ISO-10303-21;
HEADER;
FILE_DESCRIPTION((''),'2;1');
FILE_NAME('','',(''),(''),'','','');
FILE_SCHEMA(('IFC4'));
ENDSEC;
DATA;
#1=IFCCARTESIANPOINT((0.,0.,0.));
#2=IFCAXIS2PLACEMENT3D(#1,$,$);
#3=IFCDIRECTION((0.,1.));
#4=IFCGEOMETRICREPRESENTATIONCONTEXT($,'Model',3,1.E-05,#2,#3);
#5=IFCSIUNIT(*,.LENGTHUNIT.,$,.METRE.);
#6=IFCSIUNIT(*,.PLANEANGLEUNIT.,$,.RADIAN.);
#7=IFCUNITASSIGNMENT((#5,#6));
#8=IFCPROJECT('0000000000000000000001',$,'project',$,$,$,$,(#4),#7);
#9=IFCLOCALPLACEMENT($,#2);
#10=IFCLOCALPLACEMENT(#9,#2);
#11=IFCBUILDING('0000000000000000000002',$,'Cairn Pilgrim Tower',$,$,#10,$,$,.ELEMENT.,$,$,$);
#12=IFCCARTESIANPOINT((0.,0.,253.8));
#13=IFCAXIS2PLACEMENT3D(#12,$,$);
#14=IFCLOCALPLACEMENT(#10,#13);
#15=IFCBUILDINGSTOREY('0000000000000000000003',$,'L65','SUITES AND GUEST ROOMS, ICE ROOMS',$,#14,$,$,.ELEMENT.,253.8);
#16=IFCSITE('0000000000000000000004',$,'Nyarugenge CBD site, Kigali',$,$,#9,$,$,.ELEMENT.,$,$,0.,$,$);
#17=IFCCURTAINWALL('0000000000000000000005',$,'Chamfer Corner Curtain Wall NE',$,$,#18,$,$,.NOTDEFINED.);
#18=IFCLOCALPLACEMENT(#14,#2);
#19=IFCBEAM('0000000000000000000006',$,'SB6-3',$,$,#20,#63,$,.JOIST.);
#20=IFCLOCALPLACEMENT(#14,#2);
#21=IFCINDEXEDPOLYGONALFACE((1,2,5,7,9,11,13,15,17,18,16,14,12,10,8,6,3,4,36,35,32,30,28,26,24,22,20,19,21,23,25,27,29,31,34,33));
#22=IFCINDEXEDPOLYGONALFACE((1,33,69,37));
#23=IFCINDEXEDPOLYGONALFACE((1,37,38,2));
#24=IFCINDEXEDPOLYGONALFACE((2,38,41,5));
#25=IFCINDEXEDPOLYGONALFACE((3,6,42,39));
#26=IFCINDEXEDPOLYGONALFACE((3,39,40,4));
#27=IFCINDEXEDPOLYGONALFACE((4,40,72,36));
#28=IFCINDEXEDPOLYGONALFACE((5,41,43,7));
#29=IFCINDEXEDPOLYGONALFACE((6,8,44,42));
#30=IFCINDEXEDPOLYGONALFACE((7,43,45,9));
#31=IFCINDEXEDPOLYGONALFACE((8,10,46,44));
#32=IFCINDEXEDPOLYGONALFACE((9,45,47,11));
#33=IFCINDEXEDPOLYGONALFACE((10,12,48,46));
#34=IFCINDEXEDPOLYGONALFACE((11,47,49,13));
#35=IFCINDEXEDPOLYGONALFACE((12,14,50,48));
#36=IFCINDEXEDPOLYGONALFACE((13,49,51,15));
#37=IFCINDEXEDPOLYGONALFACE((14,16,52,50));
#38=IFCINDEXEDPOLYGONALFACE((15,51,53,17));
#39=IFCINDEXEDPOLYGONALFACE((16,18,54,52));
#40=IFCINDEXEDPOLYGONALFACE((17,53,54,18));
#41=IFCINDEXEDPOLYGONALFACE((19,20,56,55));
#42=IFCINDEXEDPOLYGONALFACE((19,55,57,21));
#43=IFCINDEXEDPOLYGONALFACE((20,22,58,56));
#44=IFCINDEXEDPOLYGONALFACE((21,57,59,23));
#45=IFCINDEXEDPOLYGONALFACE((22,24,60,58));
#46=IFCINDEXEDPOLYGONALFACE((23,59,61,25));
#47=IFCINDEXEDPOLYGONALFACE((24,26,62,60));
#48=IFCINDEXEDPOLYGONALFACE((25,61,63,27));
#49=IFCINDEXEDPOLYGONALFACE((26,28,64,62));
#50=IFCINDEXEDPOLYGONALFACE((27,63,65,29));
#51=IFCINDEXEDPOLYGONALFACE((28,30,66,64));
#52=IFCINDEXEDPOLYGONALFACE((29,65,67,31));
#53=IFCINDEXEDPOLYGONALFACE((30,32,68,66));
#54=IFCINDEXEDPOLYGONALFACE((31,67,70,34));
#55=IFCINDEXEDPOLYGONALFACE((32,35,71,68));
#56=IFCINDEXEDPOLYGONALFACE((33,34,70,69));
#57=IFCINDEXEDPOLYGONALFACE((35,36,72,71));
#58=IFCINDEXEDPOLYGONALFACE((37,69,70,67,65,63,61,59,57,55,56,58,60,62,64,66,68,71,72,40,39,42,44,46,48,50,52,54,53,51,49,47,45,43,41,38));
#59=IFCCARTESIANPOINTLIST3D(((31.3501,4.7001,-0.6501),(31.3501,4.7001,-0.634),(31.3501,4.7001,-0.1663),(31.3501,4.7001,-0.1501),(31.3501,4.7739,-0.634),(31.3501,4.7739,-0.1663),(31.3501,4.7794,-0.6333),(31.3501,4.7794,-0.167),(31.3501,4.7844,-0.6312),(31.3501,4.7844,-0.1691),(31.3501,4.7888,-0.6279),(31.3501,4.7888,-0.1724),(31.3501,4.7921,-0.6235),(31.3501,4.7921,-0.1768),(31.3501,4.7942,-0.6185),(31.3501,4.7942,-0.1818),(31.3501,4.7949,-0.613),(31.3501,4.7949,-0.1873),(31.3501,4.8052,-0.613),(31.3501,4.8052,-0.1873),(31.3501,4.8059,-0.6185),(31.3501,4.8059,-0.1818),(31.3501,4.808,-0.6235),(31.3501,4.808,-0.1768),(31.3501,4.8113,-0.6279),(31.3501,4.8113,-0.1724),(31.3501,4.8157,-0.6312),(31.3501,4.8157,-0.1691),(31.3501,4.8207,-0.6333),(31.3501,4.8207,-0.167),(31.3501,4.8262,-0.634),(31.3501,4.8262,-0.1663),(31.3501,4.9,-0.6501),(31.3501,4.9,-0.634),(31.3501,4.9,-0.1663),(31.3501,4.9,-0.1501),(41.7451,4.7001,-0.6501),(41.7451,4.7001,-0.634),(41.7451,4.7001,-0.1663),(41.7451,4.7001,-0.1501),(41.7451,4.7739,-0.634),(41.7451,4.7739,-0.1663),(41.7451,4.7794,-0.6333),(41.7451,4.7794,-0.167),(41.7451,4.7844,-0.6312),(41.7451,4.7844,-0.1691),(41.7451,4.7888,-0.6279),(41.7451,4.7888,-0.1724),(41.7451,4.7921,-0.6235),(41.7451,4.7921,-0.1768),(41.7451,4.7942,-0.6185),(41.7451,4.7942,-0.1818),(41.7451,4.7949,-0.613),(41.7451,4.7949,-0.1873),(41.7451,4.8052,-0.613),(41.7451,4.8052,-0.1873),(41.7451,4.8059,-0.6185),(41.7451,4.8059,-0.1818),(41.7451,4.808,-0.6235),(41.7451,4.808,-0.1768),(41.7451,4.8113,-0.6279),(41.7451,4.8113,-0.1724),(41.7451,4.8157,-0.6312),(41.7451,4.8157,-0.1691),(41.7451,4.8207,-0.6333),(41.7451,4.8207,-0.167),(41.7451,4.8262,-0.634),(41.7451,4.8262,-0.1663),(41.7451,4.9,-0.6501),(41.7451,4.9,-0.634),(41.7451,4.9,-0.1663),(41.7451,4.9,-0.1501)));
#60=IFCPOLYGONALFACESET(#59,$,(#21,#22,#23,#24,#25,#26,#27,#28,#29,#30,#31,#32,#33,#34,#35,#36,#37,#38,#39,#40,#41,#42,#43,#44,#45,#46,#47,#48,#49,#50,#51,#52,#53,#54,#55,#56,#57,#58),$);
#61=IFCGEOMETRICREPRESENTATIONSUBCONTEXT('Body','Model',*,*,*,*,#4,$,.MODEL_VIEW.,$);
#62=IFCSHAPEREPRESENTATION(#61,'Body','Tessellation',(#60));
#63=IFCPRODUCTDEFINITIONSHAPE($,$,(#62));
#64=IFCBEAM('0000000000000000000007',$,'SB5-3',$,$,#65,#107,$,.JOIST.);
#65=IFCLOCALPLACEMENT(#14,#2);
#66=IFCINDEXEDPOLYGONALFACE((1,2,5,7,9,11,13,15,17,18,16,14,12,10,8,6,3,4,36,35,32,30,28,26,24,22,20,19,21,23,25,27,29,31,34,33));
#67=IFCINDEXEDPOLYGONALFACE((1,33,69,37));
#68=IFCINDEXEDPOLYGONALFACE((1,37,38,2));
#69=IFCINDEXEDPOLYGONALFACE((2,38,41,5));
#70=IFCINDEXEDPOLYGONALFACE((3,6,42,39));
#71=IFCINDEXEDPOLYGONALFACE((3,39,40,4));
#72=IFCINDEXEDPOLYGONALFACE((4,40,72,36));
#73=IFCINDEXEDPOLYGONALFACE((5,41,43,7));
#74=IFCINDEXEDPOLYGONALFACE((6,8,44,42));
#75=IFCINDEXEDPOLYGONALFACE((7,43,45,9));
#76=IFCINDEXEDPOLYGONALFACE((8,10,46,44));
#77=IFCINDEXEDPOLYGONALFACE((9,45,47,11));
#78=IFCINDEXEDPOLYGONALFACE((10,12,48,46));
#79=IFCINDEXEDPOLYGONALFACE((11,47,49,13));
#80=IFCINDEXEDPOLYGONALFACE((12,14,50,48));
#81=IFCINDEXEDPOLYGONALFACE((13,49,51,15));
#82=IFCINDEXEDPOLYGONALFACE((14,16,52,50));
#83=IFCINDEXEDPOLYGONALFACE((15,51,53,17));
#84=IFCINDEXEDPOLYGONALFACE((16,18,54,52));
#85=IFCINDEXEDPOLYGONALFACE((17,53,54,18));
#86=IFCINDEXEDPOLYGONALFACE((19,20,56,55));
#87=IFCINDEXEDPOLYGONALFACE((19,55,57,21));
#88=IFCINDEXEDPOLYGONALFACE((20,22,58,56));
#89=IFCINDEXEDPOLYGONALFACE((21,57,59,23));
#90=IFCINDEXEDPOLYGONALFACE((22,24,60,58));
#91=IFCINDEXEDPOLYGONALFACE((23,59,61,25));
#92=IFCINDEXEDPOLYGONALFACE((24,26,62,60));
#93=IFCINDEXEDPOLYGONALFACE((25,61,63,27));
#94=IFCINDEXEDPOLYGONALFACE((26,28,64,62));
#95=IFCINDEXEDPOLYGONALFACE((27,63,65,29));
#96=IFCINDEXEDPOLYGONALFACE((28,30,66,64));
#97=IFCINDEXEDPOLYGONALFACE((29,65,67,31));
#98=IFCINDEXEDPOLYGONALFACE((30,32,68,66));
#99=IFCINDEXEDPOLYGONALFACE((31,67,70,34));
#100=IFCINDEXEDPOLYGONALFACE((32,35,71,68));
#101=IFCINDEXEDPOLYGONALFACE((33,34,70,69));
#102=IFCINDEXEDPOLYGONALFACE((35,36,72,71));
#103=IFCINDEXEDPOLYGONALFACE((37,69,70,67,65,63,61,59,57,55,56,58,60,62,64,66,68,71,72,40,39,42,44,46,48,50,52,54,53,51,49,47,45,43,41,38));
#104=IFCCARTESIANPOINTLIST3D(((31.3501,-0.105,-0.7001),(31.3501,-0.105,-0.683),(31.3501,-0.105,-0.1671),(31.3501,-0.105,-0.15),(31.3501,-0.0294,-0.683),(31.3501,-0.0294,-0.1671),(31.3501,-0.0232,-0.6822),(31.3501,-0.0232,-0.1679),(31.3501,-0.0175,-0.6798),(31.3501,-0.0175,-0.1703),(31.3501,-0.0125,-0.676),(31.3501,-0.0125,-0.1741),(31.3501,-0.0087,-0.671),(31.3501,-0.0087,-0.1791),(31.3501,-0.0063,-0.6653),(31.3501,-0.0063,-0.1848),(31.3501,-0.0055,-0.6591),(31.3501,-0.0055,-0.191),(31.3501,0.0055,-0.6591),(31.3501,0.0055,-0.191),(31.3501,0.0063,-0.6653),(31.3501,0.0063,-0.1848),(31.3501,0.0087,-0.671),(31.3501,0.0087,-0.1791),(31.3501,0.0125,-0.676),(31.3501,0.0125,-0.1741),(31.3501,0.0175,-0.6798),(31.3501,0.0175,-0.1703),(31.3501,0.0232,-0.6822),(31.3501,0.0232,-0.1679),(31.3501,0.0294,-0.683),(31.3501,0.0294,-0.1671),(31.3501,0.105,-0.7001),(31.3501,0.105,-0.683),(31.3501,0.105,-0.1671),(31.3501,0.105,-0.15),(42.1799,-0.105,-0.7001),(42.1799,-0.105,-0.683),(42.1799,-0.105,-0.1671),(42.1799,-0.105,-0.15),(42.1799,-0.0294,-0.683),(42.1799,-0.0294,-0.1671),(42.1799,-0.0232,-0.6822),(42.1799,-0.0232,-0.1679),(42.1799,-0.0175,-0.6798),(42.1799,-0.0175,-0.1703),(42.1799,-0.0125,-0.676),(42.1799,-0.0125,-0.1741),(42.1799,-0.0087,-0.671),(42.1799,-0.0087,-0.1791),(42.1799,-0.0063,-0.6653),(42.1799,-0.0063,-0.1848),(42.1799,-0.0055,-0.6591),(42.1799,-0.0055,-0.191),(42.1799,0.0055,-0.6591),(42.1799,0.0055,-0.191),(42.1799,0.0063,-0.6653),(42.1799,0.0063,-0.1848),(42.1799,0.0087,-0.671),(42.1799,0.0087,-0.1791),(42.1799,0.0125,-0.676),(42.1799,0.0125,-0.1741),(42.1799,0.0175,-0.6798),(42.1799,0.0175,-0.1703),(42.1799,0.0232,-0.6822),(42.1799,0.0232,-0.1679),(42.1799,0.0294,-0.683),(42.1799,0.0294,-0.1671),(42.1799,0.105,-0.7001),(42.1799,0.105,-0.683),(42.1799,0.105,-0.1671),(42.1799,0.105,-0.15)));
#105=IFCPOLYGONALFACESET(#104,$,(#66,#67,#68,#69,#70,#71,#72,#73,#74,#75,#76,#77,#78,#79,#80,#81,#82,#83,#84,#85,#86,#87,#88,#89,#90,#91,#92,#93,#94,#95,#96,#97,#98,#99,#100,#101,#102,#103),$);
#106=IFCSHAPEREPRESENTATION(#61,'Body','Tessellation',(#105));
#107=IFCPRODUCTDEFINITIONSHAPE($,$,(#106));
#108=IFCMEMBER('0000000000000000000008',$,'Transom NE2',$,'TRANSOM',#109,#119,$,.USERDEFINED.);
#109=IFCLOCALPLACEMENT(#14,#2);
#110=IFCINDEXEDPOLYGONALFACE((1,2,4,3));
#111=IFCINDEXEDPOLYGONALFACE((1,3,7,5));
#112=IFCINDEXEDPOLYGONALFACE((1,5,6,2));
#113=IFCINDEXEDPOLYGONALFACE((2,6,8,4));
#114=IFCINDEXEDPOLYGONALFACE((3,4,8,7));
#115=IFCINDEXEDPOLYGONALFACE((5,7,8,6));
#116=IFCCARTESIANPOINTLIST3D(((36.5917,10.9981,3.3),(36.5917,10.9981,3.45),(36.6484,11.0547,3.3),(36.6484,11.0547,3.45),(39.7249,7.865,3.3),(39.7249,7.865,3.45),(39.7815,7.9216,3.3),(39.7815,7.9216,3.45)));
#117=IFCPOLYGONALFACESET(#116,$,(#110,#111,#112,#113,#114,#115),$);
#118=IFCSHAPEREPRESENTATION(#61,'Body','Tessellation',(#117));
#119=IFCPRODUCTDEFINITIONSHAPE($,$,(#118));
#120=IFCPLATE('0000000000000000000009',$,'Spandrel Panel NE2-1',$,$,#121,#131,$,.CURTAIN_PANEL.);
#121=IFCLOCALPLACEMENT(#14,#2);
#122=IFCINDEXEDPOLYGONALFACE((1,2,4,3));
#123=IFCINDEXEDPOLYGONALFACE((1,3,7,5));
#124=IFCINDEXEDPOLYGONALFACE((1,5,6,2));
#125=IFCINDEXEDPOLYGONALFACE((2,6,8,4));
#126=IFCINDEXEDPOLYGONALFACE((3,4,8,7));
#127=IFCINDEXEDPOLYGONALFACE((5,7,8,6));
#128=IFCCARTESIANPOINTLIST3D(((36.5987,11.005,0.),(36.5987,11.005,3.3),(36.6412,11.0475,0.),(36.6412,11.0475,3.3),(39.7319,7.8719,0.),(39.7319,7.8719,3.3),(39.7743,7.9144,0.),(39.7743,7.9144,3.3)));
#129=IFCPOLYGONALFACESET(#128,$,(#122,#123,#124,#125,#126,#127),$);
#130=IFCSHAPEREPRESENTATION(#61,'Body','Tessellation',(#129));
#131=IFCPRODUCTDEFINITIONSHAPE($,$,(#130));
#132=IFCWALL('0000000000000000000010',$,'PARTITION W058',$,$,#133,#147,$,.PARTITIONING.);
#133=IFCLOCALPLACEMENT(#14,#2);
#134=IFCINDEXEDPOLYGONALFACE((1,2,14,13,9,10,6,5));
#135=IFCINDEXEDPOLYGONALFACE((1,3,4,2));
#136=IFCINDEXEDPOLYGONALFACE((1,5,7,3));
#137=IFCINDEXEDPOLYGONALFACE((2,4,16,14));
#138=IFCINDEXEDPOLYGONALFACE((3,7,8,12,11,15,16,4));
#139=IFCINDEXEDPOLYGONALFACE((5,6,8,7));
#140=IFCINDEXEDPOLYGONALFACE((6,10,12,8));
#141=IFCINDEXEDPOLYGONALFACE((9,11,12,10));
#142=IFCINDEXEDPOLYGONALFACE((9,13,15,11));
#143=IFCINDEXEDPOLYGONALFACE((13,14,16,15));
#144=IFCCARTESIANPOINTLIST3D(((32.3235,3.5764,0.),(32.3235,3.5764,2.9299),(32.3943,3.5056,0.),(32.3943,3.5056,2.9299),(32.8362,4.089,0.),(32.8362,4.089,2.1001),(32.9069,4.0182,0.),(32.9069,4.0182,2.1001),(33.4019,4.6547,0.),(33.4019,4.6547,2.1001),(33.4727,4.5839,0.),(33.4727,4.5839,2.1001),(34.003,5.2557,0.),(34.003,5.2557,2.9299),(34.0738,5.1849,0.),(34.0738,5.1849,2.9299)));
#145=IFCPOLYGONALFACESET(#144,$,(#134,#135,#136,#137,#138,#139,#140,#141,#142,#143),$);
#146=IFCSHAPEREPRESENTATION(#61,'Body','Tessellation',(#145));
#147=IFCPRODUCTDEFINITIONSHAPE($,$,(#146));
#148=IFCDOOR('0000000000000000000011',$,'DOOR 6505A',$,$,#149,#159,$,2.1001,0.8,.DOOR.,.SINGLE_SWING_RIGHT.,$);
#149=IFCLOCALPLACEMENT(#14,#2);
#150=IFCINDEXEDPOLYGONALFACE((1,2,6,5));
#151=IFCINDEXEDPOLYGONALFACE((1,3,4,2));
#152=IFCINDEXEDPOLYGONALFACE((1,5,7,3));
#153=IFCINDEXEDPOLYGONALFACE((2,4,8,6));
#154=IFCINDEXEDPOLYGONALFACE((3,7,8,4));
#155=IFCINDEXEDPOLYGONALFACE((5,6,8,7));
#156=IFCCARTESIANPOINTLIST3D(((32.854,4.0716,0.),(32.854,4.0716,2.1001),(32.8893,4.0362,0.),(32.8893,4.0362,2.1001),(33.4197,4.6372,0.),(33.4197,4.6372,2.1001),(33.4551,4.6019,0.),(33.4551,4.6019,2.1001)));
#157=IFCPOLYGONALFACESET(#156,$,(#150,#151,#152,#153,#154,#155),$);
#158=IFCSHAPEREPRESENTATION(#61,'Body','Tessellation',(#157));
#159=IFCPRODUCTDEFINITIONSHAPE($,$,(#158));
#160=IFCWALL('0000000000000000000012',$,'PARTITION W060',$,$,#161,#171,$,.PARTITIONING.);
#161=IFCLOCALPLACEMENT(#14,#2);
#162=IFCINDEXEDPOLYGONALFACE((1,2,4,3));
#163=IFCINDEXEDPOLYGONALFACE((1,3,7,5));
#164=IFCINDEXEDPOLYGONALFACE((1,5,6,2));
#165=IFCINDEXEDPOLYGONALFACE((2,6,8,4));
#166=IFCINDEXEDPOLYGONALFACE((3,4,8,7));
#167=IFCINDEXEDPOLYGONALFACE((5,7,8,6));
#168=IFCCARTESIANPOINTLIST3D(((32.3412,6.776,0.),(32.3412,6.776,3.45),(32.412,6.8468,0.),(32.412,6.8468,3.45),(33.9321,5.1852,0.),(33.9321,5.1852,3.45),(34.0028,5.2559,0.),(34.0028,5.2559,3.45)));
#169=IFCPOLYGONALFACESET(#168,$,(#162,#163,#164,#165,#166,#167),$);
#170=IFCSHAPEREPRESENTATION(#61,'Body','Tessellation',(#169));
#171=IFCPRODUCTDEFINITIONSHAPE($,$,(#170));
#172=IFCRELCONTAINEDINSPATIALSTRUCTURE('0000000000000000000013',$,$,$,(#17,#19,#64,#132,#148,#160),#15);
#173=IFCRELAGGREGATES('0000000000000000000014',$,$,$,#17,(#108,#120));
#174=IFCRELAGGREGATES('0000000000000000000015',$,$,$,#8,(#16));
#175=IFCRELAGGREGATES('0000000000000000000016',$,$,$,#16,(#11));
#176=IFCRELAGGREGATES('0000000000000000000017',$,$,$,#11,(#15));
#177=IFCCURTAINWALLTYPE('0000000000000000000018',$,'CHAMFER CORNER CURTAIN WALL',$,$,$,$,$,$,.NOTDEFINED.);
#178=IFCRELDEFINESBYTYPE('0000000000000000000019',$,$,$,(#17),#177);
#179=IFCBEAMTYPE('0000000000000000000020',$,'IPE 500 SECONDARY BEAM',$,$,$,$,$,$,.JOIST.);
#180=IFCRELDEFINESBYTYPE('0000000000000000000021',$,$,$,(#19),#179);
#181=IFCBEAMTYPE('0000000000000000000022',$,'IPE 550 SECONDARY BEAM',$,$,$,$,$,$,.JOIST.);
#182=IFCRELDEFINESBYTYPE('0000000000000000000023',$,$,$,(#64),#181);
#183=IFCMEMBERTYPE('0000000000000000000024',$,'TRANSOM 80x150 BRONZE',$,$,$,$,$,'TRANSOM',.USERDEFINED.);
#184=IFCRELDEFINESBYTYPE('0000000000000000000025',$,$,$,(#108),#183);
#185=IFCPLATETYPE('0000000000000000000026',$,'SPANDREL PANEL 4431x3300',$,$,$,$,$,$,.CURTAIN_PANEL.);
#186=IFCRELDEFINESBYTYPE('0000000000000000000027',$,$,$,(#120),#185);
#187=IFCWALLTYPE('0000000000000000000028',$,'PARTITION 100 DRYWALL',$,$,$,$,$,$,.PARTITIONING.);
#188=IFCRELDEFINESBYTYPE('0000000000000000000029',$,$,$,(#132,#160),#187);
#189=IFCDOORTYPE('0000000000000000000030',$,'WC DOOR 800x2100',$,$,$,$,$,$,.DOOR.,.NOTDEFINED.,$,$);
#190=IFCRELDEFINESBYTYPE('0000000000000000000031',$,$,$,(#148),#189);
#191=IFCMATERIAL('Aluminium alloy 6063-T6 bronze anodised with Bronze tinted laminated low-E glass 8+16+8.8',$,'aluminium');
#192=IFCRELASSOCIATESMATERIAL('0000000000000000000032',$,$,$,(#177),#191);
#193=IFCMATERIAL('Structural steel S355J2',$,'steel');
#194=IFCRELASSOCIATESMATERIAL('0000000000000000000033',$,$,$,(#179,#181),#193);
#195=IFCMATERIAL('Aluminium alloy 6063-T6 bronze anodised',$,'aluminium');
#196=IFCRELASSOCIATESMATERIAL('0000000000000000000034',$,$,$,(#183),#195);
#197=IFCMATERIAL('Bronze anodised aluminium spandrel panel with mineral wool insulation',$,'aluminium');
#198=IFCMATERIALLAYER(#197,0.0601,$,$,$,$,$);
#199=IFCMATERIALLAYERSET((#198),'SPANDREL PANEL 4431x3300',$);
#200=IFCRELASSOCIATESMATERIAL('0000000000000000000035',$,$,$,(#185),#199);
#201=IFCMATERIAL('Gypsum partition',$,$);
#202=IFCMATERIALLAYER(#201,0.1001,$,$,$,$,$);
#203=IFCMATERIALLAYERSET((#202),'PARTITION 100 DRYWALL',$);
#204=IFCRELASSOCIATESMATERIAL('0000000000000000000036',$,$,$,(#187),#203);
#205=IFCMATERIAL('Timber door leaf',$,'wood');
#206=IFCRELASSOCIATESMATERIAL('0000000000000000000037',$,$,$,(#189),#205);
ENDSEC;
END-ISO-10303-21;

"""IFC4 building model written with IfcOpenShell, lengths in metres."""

from ifc_helpers import new_model, si_unit, direction, frame, frame_2d, origin, origin_2d, place, context, subcontext, project, spatial, rectangle, i_section, extrude, material, layer, layer_set, material_profile, profile_set, type_object, element, fill, aggregate, save


model = new_model("IFC4")

# Units and contexts
model_context = context("Model", 3, precision=1e-05, world=origin(), true_north=direction((0.0, 1.0)))
body_context = subcontext(model_context, "Body", "Model", "MODEL_VIEW")
ifc_project = project(units=[si_unit("LENGTHUNIT", "METRE"), si_unit("PLANEANGLEUNIT", "RADIAN")], contexts=[model_context])

# Site, building, storey
site_placement = place(None, origin())
site = spatial("IfcSite", under=ifc_project, at=site_placement, Name="Nyarugenge CBD site, Kigali", CompositionType="ELEMENT", RefElevation=0.0)
building_placement = place(site_placement, origin())
building = spatial("IfcBuilding", under=site, at=building_placement, Name="Cairn Pilgrim Tower", CompositionType="ELEMENT")
storey_placement = place(building_placement, frame((0.0, 0.0, 253.8)))
storey = spatial("IfcBuildingStorey", under=building, at=storey_placement, Name="L65", Description="SUITES AND GUEST ROOMS, ICE ROOMS", CompositionType="ELEMENT", Elevation=253.8)

# Shared definitions
ifc_material_1 = material(Name="Structural steel S355J2", Category="steel")

# Shared definitions
ifc_material_2 = material(Name="Aluminium alloy 6063-T6 bronze anodised with Bronze tinted laminated low-E glass 8+16+8.8", Category="aluminium")
ifc_material_3 = material(Name="Aluminium alloy 6063-T6 bronze anodised", Category="aluminium")

# Curtain wall
curtain_wall_type_1 = type_object("IfcCurtainWallType", Name="CHAMFER CORNER CURTAIN WALL", PredefinedType="NOTDEFINED", material=ifc_material_2)
curtain_wall_1_placement = place(storey_placement, origin())
curtain_wall_1 = element("IfcCurtainWall", 1, at=curtain_wall_1_placement, inside=storey, type_object=curtain_wall_type_1, Name="Chamfer Corner Curtain Wall NE", PredefinedType="NOTDEFINED")

# Beams
ifc_material_profile_1 = material_profile(ifc_material_1, i_section(OverallWidth=0.2, OverallDepth=0.5, WebThickness=0.0103, FlangeThickness=0.0161, FilletRadius=0.021, at=origin_2d()), Name="IPE 500")
ifc_profile_set_1 = profile_set([ifc_material_profile_1], Name="Structural steel S355J2")
beam_type_1 = type_object("IfcBeamType", Name="IPE 500 SECONDARY BEAM", PredefinedType="JOIST", material=ifc_profile_set_1)
beam_1_placement = place(storey_placement, frame((31.3501, 4.8, -0.4001), z_axis=(1.0, 0.0, 0.0), x_axis=(0.0, 1.0, 0.0)))
element("IfcBeam", 2, at=beam_1_placement, inside=storey, type_object=beam_type_1, Name="SB6-3", PredefinedType="JOIST", context=body_context, shape_type="SweptSolid", body=[
    extrude(i_section(OverallWidth=0.2, OverallDepth=0.5, WebThickness=0.0103, FlangeThickness=0.0161, FilletRadius=0.021, at=origin_2d()), origin(), (0.0, 0.0, 1.0), 10.395),
])
ifc_material_profile_2 = material_profile(ifc_material_1, i_section(OverallWidth=0.21, OverallDepth=0.55, WebThickness=0.011, FlangeThickness=0.0171, FilletRadius=0.0239, at=origin_2d()), Name="IPE 550")
ifc_profile_set_2 = profile_set([ifc_material_profile_2], Name="Structural steel S355J2")
beam_type_2 = type_object("IfcBeamType", Name="IPE 550 SECONDARY BEAM", PredefinedType="JOIST", material=ifc_profile_set_2)
beam_2_placement = place(storey_placement, frame((31.3501, 0.0, -0.425), z_axis=(1.0, 0.0, 0.0), x_axis=(0.0, 1.0, 0.0)))
element("IfcBeam", 3, at=beam_2_placement, inside=storey, type_object=beam_type_2, Name="SB5-3", PredefinedType="JOIST", context=body_context, shape_type="SweptSolid", body=[
    extrude(i_section(OverallWidth=0.21, OverallDepth=0.55, WebThickness=0.011, FlangeThickness=0.0171, FilletRadius=0.0239, at=origin_2d()), origin(), (0.0, 0.0, 1.0), 10.8298),
])

# Member
ifc_material_profile_3 = material_profile(ifc_material_3, rectangle(XDim=0.0801, YDim=0.1499, at=origin_2d()), Name="TRANSOM 80x150 BRONZE")
ifc_profile_set_3 = profile_set([ifc_material_profile_3], Name="Aluminium alloy 6063-T6 bronze anodised")
member_type_1 = type_object("IfcMemberType", Name="TRANSOM 80x150 BRONZE", ElementType="TRANSOM", PredefinedType="USERDEFINED", material=ifc_profile_set_3)
member_1_placement = place(storey_placement, frame((39.7532, 7.8933, 3.375), z_axis=(-0.707107, 0.707107, 0.0), x_axis=(-0.707107, -0.707107, 0.0)))
member_1 = element("IfcMember", 4, at=member_1_placement, type_object=member_type_1, Name="Transom NE2", ObjectType="TRANSOM", PredefinedType="USERDEFINED", context=body_context, shape_type="SweptSolid", body=[
    extrude(rectangle(XDim=0.0801, YDim=0.1499, at=origin_2d()), origin(), (0.0, 0.0, 1.0), 4.4309),
])

# Plate
ifc_material_4 = material(Name="Bronze anodised aluminium spandrel panel with mineral wool insulation", Category="aluminium")
ifc_layer_1 = layer(ifc_material_4, 0.0601)
ifc_layer_set_1 = layer_set([ifc_layer_1], Name="SPANDREL PANEL 4431x3300")
plate_type = type_object("IfcPlateType", Name="SPANDREL PANEL 4431x3300", PredefinedType="CURTAIN_PANEL", material=ifc_layer_set_1)
plate_placement = place(storey_placement, frame((38.1865, 9.4597, 0.0), z_axis=(0.0, 0.0, 1.0), x_axis=(-0.707107, 0.707107, 0.0)))
plate = element("IfcPlate", 5, at=plate_placement, type_object=plate_type, Name="Spandrel Panel NE2-1", PredefinedType="CURTAIN_PANEL", context=body_context, shape_type="SweptSolid", body=[
    extrude(rectangle(XDim=4.4309, YDim=0.0601, at=origin_2d()), origin(), (0.0, 0.0, 1.0), 3.3),
])
aggregate(curtain_wall_1, [member_1, plate])

# Wall, opening, door
ifc_material_5 = material(Name="Gypsum partition")
ifc_layer_2 = layer(ifc_material_5, 0.1001)
ifc_layer_set_2 = layer_set([ifc_layer_2], Name="PARTITION 100 DRYWALL")
wall_type_1 = type_object("IfcWallType", Name="PARTITION 100 DRYWALL", PredefinedType="PARTITIONING", material=ifc_layer_set_2)
wall_1_placement = place(storey_placement, frame((32.3589, 3.541, 0.0), z_axis=(0.0, 0.0, 1.0), x_axis=(0.707158, 0.707055, 0.0)))
wall_1 = element("IfcWall", 6, at=wall_1_placement, inside=storey, type_object=wall_type_1, Name="PARTITION W058", PredefinedType="PARTITIONING", context=body_context, shape_type="SweptSolid", body=[
    extrude(rectangle(XDim=2.375, YDim=0.1001, at=frame_2d((1.1875, 0.0))), origin(), (0.0, 0.0, 1.0), 2.9299),
])
opening_1_placement = place(wall_1_placement, frame((0.7251, 0.0, 0.0)))
opening_1 = element("IfcOpeningElement", 7, at=opening_1_placement, cuts=wall_1, PredefinedType="OPENING", context=body_context, shape_type="SweptSolid", body=[
    extrude(rectangle(XDim=0.8, YDim=2.1001, at=frame_2d((0.3999, 1.05))), frame((0.0, 0.0601, 0.0), z_axis=(0.0, -1.0, 0.0), x_axis=(1.0, 0.0, 0.0)), (0.0, 0.0, 1.0), 0.1201),
])
ifc_material_6 = material(Name="Timber door leaf", Category="wood")
door_type_1 = type_object("IfcDoorType", Name="WC DOOR 800x2100", OperationType="NOTDEFINED", PredefinedType="DOOR", material=ifc_material_6)
door_1_placement = place(opening_1_placement, frame((0.8, 0.0, 0.0), z_axis=(0.0, 0.0, 1.0), x_axis=(-1.0, 0.0, 0.0)))
door_1 = element("IfcDoor", 8, at=door_1_placement, inside=storey, type_object=door_type_1, Name="DOOR 6505A", OperationType="SINGLE_SWING_RIGHT", OverallHeight=2.1001, OverallWidth=0.8, PredefinedType="DOOR", context=body_context, shape_type="SweptSolid", body=[
    extrude(rectangle(XDim=0.8, YDim=2.1001, at=frame_2d((0.3999, 1.05))), frame((0.0, 0.0249, 0.0), z_axis=(0.0, -1.0, 0.0), x_axis=(1.0, 0.0, 0.0)), (0.0, 0.0, 1.0), 0.05),
])
fill(opening_1, door_1)

# Wall
wall_2_placement = place(storey_placement, frame((33.9675, 5.2205, 0.0), z_axis=(0.0, 0.0, 1.0), x_axis=(-0.707107, 0.707107, 0.0)))
element("IfcWall", 9, at=wall_2_placement, inside=storey, type_object=wall_type_1, Name="PARTITION W060", PredefinedType="PARTITIONING", context=body_context, shape_type="SweptSolid", body=[
    extrude(rectangle(XDim=2.2498, YDim=0.1001, at=frame_2d((1.125, 0.0))), origin(), (0.0, 0.0, 1.0), 3.45),
])

save(model, "model.ifc")
